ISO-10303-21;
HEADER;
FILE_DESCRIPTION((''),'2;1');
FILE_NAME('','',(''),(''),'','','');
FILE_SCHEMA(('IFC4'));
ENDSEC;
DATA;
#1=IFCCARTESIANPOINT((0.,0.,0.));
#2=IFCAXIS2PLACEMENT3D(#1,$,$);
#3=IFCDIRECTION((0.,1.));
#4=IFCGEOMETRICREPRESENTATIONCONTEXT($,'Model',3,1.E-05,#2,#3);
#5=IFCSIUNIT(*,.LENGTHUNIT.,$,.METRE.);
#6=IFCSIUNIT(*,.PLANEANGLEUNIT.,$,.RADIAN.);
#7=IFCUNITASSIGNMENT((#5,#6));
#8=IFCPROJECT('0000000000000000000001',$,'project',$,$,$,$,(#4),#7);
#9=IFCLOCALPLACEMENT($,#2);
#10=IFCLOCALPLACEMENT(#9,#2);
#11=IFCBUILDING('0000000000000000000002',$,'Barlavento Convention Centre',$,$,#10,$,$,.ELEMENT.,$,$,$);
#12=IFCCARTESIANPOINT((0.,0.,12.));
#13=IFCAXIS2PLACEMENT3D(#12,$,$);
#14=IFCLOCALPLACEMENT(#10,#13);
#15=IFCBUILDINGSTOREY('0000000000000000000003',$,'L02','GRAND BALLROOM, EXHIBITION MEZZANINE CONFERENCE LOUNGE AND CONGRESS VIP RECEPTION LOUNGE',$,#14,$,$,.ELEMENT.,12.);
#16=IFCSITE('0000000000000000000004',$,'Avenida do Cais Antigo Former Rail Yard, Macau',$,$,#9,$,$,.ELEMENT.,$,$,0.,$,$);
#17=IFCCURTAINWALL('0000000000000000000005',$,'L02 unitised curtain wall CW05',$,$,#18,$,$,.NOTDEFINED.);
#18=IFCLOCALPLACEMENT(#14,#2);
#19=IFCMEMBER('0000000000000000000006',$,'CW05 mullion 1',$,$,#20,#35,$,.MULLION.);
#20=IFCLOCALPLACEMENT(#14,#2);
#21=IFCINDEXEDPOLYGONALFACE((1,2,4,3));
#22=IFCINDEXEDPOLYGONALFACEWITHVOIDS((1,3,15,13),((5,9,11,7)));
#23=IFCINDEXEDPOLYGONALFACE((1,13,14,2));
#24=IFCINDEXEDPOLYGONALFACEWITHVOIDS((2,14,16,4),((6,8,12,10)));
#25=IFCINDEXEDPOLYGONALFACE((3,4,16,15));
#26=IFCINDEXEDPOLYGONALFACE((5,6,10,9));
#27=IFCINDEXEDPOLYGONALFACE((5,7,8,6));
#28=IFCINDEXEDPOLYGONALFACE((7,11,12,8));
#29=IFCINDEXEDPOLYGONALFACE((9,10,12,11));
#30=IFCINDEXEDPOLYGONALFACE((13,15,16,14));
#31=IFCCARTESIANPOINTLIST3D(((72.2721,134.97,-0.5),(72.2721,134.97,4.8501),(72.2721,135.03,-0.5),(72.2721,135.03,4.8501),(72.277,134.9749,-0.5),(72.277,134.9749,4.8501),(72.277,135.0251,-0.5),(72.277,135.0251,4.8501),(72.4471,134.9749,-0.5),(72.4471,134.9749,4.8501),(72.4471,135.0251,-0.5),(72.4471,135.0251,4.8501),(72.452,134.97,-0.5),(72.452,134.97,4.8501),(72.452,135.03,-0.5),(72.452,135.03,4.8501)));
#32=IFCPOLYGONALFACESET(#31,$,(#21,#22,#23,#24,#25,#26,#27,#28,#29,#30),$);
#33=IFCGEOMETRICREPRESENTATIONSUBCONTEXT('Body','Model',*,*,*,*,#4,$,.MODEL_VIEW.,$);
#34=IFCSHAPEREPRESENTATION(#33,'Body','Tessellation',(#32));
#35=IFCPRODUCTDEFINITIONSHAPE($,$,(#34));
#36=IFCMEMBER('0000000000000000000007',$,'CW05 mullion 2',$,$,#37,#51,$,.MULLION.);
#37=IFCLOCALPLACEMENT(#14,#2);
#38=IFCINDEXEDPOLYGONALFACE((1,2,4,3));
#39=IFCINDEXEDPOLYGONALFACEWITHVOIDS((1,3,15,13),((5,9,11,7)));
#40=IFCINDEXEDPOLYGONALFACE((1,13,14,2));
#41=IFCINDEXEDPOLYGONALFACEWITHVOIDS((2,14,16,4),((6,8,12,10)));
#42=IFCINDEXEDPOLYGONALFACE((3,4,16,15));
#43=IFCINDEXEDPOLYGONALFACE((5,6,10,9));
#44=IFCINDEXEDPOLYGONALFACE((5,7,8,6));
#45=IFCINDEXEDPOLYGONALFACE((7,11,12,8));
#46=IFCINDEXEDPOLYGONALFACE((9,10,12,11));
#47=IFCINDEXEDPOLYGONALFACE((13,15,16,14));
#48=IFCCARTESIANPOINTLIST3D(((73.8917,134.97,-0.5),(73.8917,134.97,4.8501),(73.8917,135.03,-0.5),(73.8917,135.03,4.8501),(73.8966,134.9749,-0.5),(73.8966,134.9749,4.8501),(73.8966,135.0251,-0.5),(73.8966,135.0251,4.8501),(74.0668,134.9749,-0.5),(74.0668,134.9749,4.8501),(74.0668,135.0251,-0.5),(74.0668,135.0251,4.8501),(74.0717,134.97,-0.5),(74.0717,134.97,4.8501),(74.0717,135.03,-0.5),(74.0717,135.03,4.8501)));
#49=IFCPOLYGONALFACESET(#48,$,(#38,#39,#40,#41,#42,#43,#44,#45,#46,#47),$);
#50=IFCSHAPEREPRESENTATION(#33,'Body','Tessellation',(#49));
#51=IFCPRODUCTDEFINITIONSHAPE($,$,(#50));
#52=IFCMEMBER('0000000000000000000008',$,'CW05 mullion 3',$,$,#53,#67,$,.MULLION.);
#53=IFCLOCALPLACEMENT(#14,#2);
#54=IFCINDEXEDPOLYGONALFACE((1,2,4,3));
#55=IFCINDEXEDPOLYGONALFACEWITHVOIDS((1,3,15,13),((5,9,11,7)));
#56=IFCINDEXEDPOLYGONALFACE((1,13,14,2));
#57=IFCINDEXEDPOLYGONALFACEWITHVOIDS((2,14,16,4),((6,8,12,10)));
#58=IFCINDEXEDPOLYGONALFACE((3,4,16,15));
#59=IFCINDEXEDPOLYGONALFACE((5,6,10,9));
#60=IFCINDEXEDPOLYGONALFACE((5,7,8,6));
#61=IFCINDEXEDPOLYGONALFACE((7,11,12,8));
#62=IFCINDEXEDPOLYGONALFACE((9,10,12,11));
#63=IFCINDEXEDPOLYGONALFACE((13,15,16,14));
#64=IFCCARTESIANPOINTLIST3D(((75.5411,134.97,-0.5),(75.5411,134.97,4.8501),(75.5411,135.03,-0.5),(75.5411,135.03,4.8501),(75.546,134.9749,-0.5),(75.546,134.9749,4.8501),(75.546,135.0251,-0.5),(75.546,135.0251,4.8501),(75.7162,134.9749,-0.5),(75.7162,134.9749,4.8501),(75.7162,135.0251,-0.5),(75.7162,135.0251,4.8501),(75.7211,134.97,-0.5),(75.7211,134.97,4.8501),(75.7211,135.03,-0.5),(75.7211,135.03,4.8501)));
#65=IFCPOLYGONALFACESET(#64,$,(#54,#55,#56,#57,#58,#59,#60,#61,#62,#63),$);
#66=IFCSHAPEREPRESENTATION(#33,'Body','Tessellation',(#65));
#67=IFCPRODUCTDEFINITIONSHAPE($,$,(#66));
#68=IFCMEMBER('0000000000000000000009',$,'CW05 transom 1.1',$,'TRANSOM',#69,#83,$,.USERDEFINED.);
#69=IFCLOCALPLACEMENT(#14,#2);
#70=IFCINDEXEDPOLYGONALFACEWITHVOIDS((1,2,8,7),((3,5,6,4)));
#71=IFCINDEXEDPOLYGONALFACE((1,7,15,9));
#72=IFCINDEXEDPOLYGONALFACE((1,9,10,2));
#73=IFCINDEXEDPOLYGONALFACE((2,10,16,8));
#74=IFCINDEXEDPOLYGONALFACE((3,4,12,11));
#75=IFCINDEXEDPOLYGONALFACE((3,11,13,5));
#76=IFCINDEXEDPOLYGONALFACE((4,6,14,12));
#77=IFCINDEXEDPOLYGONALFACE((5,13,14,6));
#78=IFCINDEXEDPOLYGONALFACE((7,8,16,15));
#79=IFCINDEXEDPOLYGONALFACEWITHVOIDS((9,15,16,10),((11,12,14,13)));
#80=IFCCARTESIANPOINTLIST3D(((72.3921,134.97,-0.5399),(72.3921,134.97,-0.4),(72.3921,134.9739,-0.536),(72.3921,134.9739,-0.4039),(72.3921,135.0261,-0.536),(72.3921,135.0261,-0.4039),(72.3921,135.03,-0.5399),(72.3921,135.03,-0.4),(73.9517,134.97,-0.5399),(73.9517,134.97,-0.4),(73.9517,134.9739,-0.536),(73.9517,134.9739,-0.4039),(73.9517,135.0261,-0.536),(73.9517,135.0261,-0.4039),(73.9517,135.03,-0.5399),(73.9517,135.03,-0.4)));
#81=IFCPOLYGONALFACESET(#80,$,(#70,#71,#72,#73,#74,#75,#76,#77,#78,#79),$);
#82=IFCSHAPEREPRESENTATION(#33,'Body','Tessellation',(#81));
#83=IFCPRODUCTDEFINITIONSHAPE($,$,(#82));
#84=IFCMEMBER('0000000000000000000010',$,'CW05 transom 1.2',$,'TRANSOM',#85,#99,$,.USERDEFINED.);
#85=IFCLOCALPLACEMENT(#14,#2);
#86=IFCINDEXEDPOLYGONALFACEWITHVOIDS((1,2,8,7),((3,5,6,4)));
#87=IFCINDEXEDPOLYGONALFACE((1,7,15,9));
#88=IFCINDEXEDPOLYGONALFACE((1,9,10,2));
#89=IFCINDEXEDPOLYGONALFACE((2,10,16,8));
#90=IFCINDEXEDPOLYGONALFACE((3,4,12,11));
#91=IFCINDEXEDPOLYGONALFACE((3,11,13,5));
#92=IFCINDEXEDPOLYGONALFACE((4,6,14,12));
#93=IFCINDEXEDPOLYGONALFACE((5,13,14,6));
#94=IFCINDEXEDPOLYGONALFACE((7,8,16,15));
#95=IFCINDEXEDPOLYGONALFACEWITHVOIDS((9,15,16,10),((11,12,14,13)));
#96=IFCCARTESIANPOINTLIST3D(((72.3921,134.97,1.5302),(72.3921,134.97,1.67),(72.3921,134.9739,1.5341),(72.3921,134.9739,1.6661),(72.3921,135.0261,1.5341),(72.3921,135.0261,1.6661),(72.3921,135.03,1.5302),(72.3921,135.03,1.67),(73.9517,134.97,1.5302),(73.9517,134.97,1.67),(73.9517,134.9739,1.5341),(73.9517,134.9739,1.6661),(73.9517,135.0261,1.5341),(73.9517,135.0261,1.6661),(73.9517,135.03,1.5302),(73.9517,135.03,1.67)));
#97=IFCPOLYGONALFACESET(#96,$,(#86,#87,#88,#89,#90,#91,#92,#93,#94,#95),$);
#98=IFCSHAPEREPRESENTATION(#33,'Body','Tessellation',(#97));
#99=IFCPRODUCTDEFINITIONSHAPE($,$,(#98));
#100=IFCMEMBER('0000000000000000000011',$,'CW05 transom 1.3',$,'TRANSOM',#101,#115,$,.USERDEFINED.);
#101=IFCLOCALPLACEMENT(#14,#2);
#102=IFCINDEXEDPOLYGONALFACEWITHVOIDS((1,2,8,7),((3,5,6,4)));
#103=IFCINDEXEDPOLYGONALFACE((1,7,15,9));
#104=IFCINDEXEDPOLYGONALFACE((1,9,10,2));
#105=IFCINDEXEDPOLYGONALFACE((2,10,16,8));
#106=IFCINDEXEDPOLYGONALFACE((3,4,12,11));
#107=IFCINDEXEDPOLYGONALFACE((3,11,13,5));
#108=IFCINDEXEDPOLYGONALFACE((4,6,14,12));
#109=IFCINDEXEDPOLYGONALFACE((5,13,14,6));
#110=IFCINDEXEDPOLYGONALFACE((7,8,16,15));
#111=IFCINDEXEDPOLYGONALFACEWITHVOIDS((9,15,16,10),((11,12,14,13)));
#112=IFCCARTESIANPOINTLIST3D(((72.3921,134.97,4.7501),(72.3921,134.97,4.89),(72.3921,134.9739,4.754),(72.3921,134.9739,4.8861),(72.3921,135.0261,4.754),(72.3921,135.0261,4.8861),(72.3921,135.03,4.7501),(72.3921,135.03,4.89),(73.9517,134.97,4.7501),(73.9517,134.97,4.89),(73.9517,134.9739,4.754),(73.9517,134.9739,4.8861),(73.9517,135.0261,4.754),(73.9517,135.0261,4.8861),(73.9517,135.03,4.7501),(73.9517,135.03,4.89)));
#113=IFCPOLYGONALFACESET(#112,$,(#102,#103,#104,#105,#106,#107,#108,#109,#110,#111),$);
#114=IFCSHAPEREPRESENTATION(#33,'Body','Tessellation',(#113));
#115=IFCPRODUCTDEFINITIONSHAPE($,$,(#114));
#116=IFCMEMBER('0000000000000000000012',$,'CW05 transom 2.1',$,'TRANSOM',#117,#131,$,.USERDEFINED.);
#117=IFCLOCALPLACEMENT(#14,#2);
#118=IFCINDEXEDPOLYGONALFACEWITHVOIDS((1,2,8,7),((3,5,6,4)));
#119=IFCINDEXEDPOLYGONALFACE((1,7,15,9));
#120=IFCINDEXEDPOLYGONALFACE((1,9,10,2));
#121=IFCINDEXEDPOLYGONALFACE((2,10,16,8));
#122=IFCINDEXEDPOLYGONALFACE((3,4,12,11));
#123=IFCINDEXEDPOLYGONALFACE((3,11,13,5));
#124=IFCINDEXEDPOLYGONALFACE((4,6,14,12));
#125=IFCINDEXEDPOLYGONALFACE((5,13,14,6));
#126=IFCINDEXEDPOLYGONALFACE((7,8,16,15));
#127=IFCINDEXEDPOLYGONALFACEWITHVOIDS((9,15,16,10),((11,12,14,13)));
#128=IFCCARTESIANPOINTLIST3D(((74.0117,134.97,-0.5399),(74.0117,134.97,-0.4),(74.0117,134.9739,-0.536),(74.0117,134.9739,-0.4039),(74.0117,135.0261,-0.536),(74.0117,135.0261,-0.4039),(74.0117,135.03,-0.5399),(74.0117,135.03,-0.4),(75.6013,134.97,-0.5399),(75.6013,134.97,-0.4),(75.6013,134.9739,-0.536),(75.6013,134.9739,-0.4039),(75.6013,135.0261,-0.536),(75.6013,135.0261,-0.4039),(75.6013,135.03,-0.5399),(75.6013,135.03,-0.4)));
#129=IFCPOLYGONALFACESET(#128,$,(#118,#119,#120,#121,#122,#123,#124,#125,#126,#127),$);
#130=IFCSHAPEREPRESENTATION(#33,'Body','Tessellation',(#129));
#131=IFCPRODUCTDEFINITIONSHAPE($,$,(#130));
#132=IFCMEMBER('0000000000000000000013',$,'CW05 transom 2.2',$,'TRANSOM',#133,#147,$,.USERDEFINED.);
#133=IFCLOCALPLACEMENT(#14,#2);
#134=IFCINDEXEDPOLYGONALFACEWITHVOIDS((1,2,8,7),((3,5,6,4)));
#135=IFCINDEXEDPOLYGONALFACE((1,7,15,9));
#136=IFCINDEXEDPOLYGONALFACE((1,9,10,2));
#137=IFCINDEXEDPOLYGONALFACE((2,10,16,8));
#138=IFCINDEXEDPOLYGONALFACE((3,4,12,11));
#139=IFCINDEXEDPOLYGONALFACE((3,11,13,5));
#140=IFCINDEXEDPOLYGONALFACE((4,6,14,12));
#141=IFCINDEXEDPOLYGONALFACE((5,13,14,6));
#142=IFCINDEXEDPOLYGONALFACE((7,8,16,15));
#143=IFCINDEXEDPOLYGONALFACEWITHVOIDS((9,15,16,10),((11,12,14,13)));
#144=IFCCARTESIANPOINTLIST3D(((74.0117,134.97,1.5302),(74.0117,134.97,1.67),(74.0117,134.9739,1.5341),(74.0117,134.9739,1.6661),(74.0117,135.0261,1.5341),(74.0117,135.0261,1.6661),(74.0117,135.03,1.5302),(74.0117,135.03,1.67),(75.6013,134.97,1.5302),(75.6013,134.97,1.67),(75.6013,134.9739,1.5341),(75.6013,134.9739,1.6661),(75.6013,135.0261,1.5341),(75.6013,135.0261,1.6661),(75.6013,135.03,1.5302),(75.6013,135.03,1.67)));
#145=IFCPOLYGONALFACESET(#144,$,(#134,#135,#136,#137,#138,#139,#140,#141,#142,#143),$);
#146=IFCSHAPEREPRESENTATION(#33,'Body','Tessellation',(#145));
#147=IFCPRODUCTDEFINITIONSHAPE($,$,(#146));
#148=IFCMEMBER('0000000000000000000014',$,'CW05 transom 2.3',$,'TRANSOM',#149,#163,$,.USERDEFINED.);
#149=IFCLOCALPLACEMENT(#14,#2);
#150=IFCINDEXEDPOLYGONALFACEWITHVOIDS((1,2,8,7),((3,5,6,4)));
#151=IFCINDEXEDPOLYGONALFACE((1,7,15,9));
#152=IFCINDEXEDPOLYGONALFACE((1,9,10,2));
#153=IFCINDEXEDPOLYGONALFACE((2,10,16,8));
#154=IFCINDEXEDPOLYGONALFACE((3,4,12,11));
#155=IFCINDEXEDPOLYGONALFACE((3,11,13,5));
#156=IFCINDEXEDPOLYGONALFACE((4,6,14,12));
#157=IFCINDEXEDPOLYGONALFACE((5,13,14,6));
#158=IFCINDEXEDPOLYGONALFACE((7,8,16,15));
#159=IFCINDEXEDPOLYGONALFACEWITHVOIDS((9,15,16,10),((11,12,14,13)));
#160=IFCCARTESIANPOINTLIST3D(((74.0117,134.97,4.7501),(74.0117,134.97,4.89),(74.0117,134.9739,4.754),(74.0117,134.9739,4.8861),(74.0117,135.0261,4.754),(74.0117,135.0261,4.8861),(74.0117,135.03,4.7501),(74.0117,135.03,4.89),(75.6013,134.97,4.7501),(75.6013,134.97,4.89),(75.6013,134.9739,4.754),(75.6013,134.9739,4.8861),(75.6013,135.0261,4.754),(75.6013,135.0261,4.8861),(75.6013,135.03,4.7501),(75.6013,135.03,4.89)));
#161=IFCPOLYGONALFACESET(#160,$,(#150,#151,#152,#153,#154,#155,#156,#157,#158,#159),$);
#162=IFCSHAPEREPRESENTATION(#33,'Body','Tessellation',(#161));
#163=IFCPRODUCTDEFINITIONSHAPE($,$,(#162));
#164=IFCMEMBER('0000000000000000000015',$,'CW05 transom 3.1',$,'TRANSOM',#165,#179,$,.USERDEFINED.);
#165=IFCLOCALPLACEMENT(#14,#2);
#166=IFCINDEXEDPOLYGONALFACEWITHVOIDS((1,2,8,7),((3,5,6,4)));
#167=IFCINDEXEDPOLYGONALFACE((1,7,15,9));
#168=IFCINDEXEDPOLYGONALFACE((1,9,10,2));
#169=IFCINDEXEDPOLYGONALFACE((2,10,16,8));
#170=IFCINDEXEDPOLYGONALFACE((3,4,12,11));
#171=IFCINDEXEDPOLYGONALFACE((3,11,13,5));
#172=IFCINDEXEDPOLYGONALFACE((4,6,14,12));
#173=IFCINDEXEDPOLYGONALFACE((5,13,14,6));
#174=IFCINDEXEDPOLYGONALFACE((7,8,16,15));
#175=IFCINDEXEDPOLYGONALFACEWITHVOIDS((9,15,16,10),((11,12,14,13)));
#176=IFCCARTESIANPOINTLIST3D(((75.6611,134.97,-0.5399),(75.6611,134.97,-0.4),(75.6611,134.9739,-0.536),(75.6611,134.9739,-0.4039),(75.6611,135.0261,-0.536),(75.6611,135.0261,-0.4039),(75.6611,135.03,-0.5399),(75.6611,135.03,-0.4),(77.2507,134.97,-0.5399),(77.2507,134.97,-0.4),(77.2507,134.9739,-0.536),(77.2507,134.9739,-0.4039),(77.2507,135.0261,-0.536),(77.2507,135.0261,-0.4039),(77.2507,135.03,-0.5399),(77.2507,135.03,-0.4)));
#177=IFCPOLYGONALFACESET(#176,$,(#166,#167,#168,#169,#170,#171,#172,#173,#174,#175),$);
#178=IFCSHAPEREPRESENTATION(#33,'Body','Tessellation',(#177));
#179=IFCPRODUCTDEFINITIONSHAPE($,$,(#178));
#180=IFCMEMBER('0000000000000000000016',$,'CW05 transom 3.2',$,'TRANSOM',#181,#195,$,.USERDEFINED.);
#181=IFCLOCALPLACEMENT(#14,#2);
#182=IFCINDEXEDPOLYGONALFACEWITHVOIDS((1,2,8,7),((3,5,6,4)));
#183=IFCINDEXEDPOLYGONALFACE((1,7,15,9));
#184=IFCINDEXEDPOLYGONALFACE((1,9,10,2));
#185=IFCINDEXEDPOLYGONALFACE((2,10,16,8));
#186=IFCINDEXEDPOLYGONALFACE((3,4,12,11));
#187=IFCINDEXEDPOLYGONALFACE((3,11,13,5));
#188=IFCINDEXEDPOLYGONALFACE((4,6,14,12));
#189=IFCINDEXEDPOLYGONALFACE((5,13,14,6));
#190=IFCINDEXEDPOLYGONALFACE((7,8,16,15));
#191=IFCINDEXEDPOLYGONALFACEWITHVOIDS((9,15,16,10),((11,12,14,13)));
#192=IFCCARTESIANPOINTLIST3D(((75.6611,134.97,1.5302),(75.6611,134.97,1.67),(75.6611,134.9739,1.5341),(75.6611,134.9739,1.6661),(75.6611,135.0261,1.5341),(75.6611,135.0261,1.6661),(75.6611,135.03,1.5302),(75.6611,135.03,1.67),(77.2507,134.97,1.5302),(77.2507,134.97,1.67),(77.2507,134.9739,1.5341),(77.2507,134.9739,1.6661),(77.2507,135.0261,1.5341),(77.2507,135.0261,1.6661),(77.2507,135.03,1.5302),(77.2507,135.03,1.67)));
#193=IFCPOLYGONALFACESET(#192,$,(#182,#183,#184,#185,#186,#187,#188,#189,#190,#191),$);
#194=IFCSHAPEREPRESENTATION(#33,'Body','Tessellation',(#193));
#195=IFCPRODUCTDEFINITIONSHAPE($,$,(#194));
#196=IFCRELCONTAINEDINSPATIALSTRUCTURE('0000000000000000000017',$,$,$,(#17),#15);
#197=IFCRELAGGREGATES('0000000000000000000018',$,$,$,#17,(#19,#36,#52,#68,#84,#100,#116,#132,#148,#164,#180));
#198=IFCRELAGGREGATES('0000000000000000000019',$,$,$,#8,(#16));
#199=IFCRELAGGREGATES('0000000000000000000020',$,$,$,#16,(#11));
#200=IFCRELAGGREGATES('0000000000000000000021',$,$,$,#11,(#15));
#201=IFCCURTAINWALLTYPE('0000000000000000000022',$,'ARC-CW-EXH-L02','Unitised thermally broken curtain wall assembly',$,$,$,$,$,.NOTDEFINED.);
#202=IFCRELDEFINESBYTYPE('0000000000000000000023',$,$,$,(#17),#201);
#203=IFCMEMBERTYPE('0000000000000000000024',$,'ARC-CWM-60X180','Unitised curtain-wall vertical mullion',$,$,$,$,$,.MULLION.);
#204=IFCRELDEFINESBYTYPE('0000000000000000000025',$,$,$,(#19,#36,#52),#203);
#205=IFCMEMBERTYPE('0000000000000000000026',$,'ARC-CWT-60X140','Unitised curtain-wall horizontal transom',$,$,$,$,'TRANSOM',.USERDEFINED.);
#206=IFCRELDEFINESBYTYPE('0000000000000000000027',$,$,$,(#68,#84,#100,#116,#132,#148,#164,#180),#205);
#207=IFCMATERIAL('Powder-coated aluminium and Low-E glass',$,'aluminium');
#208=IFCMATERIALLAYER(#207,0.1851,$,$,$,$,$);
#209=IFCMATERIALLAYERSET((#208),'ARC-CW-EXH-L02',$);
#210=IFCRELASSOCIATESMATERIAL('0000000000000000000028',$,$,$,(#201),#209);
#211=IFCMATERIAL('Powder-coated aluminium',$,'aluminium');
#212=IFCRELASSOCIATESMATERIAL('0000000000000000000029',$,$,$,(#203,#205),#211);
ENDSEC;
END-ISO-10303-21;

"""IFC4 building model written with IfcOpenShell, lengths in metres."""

from ifc_helpers import new_model, si_unit, direction, frame, origin, origin_2d, place, context, subcontext, project, spatial, hollow_rectangle, extrude, material, layer, layer_set, material_profile, profile_set, type_object, element, aggregate, save


model = new_model("IFC4")

# Units and contexts
model_context = context("Model", 3, precision=1e-05, world=origin(), true_north=direction((0.0, 1.0)))
body_context = subcontext(model_context, "Body", "Model", "MODEL_VIEW")
ifc_project = project(units=[si_unit("LENGTHUNIT", "METRE"), si_unit("PLANEANGLEUNIT", "RADIAN")], contexts=[model_context])

# Site, building, storey
site_placement = place(None, origin())
site = spatial("IfcSite", under=ifc_project, at=site_placement, Name="Avenida do Cais Antigo Former Rail Yard, Macau", CompositionType="ELEMENT", RefElevation=0.0)
building_placement = place(site_placement, origin())
building = spatial("IfcBuilding", under=site, at=building_placement, Name="Barlavento Convention Centre", CompositionType="ELEMENT")
storey_placement = place(building_placement, frame((0.0, 0.0, 12.0)))
storey = spatial("IfcBuildingStorey", under=building, at=storey_placement, Name="L02", Description="GRAND BALLROOM, EXHIBITION MEZZANINE CONFERENCE LOUNGE AND CONGRESS VIP RECEPTION LOUNGE", CompositionType="ELEMENT", Elevation=12.0)

# Curtain wall, members
ifc_material_1 = material(Name="Powder-coated aluminium and Low-E glass", Category="aluminium")
ifc_layer_1 = layer(ifc_material_1, 0.1851)
ifc_layer_set_1 = layer_set([ifc_layer_1], Name="ARC-CW-EXH-L02")
curtain_wall_type = type_object("IfcCurtainWallType", Name="ARC-CW-EXH-L02", Description="Unitised thermally broken curtain wall assembly", PredefinedType="NOTDEFINED", material=ifc_layer_set_1)
curtain_wall_placement = place(storey_placement, origin())
curtain_wall = element("IfcCurtainWall", 1, at=curtain_wall_placement, inside=storey, type_object=curtain_wall_type, Name="L02 unitised curtain wall CW05", PredefinedType="NOTDEFINED")
ifc_material_2 = material(Name="Powder-coated aluminium", Category="aluminium")
ifc_material_profile_1 = material_profile(ifc_material_2, hollow_rectangle(XDim=0.0601, YDim=0.1799, WallThickness=0.0049, at=origin_2d()), Name="AL-MULL 60x180x5")
ifc_profile_set_1 = profile_set([ifc_material_profile_1], Name="Powder-coated aluminium")
member_type_1 = type_object("IfcMemberType", Name="ARC-CWM-60X180", Description="Unitised curtain-wall vertical mullion", PredefinedType="MULLION", material=ifc_profile_set_1)
member_1_placement = place(storey_placement, frame((72.3621, 135.0, -0.5), z_axis=(0.0, 0.0, 1.0), x_axis=(0.0, 1.0, 0.0)))
member_1 = element("IfcMember", 2, at=member_1_placement, type_object=member_type_1, Name="CW05 mullion 1", PredefinedType="MULLION", context=body_context, shape_type="SweptSolid", body=[
    extrude(hollow_rectangle(XDim=0.0601, YDim=0.1799, WallThickness=0.0049, at=origin_2d()), origin(), (0.0, 0.0, 1.0), 5.3501),
])
member_2_placement = place(storey_placement, frame((73.9817, 135.0, -0.5), z_axis=(0.0, 0.0, 1.0), x_axis=(0.0, 1.0, 0.0)))
member_2 = element("IfcMember", 3, at=member_2_placement, type_object=member_type_1, Name="CW05 mullion 2", PredefinedType="MULLION", context=body_context, shape_type="SweptSolid", body=[
    extrude(hollow_rectangle(XDim=0.0601, YDim=0.1799, WallThickness=0.0049, at=origin_2d()), origin(), (0.0, 0.0, 1.0), 5.3501),
])
member_3_placement = place(storey_placement, frame((75.6311, 135.0, -0.5), z_axis=(0.0, 0.0, 1.0), x_axis=(0.0, 1.0, 0.0)))
member_3 = element("IfcMember", 4, at=member_3_placement, type_object=member_type_1, Name="CW05 mullion 3", PredefinedType="MULLION", context=body_context, shape_type="SweptSolid", body=[
    extrude(hollow_rectangle(XDim=0.0601, YDim=0.1799, WallThickness=0.0049, at=origin_2d()), origin(), (0.0, 0.0, 1.0), 5.3501),
])
ifc_material_profile_2 = material_profile(ifc_material_2, hollow_rectangle(XDim=0.0601, YDim=0.1399, WallThickness=0.0039, at=origin_2d()), Name="AL-TRAN 60x140x4")
ifc_profile_set_2 = profile_set([ifc_material_profile_2], Name="Powder-coated aluminium")
member_type_2 = type_object("IfcMemberType", Name="ARC-CWT-60X140", Description="Unitised curtain-wall horizontal transom", ElementType="TRANSOM", PredefinedType="USERDEFINED", material=ifc_profile_set_2)
member_4_placement = place(storey_placement, frame((72.3921, 135.0, -0.47), z_axis=(1.0, 0.0, 0.0), x_axis=(0.0, 1.0, 0.0)))
member_4 = element("IfcMember", 5, at=member_4_placement, type_object=member_type_2, Name="CW05 transom 1.1", ObjectType="TRANSOM", PredefinedType="USERDEFINED", context=body_context, shape_type="SweptSolid", body=[
    extrude(hollow_rectangle(XDim=0.0601, YDim=0.1399, WallThickness=0.0039, at=origin_2d()), origin(), (0.0, 0.0, 1.0), 1.5596),
])
member_5_placement = place(storey_placement, frame((72.3921, 135.0, 1.6001), z_axis=(1.0, 0.0, 0.0), x_axis=(0.0, 1.0, 0.0)))
member_5 = element("IfcMember", 6, at=member_5_placement, type_object=member_type_2, Name="CW05 transom 1.2", ObjectType="TRANSOM", PredefinedType="USERDEFINED", context=body_context, shape_type="SweptSolid", body=[
    extrude(hollow_rectangle(XDim=0.0601, YDim=0.1399, WallThickness=0.0039, at=origin_2d()), origin(), (0.0, 0.0, 1.0), 1.5596),
])
member_6_placement = place(storey_placement, frame((72.3921, 135.0, 4.8201), z_axis=(1.0, 0.0, 0.0), x_axis=(0.0, 1.0, 0.0)))
member_6 = element("IfcMember", 7, at=member_6_placement, type_object=member_type_2, Name="CW05 transom 1.3", ObjectType="TRANSOM", PredefinedType="USERDEFINED", context=body_context, shape_type="SweptSolid", body=[
    extrude(hollow_rectangle(XDim=0.0601, YDim=0.1399, WallThickness=0.0039, at=origin_2d()), origin(), (0.0, 0.0, 1.0), 1.5596),
])
member_7_placement = place(storey_placement, frame((74.0117, 135.0, -0.47), z_axis=(1.0, 0.0, 0.0), x_axis=(0.0, 1.0, 0.0)))
member_7 = element("IfcMember", 8, at=member_7_placement, type_object=member_type_2, Name="CW05 transom 2.1", ObjectType="TRANSOM", PredefinedType="USERDEFINED", context=body_context, shape_type="SweptSolid", body=[
    extrude(hollow_rectangle(XDim=0.0601, YDim=0.1399, WallThickness=0.0039, at=origin_2d()), origin(), (0.0, 0.0, 1.0), 1.5896),
])
member_8_placement = place(storey_placement, frame((74.0117, 135.0, 1.6001), z_axis=(1.0, 0.0, 0.0), x_axis=(0.0, 1.0, 0.0)))
member_8 = element("IfcMember", 9, at=member_8_placement, type_object=member_type_2, Name="CW05 transom 2.2", ObjectType="TRANSOM", PredefinedType="USERDEFINED", context=body_context, shape_type="SweptSolid", body=[
    extrude(hollow_rectangle(XDim=0.0601, YDim=0.1399, WallThickness=0.0039, at=origin_2d()), origin(), (0.0, 0.0, 1.0), 1.5896),
])
member_9_placement = place(storey_placement, frame((74.0117, 135.0, 4.8201), z_axis=(1.0, 0.0, 0.0), x_axis=(0.0, 1.0, 0.0)))
member_9 = element("IfcMember", 10, at=member_9_placement, type_object=member_type_2, Name="CW05 transom 2.3", ObjectType="TRANSOM", PredefinedType="USERDEFINED", context=body_context, shape_type="SweptSolid", body=[
    extrude(hollow_rectangle(XDim=0.0601, YDim=0.1399, WallThickness=0.0039, at=origin_2d()), origin(), (0.0, 0.0, 1.0), 1.5896),
])
member_10_placement = place(storey_placement, frame((75.6611, 135.0, -0.47), z_axis=(1.0, 0.0, 0.0), x_axis=(0.0, 1.0, 0.0)))
member_10 = element("IfcMember", 11, at=member_10_placement, type_object=member_type_2, Name="CW05 transom 3.1", ObjectType="TRANSOM", PredefinedType="USERDEFINED", context=body_context, shape_type="SweptSolid", body=[
    extrude(hollow_rectangle(XDim=0.0601, YDim=0.1399, WallThickness=0.0039, at=origin_2d()), origin(), (0.0, 0.0, 1.0), 1.5896),
])
member_11_placement = place(storey_placement, frame((75.6611, 135.0, 1.6001), z_axis=(1.0, 0.0, 0.0), x_axis=(0.0, 1.0, 0.0)))
member_11 = element("IfcMember", 12, at=member_11_placement, type_object=member_type_2, Name="CW05 transom 3.2", ObjectType="TRANSOM", PredefinedType="USERDEFINED", context=body_context, shape_type="SweptSolid", body=[
    extrude(hollow_rectangle(XDim=0.0601, YDim=0.1399, WallThickness=0.0039, at=origin_2d()), origin(), (0.0, 0.0, 1.0), 1.5896),
])
aggregate(curtain_wall, [member_1, member_2, member_3, member_4, member_5, member_6, member_7, member_8, member_9, member_10, member_11])

save(model, "model.ifc")
